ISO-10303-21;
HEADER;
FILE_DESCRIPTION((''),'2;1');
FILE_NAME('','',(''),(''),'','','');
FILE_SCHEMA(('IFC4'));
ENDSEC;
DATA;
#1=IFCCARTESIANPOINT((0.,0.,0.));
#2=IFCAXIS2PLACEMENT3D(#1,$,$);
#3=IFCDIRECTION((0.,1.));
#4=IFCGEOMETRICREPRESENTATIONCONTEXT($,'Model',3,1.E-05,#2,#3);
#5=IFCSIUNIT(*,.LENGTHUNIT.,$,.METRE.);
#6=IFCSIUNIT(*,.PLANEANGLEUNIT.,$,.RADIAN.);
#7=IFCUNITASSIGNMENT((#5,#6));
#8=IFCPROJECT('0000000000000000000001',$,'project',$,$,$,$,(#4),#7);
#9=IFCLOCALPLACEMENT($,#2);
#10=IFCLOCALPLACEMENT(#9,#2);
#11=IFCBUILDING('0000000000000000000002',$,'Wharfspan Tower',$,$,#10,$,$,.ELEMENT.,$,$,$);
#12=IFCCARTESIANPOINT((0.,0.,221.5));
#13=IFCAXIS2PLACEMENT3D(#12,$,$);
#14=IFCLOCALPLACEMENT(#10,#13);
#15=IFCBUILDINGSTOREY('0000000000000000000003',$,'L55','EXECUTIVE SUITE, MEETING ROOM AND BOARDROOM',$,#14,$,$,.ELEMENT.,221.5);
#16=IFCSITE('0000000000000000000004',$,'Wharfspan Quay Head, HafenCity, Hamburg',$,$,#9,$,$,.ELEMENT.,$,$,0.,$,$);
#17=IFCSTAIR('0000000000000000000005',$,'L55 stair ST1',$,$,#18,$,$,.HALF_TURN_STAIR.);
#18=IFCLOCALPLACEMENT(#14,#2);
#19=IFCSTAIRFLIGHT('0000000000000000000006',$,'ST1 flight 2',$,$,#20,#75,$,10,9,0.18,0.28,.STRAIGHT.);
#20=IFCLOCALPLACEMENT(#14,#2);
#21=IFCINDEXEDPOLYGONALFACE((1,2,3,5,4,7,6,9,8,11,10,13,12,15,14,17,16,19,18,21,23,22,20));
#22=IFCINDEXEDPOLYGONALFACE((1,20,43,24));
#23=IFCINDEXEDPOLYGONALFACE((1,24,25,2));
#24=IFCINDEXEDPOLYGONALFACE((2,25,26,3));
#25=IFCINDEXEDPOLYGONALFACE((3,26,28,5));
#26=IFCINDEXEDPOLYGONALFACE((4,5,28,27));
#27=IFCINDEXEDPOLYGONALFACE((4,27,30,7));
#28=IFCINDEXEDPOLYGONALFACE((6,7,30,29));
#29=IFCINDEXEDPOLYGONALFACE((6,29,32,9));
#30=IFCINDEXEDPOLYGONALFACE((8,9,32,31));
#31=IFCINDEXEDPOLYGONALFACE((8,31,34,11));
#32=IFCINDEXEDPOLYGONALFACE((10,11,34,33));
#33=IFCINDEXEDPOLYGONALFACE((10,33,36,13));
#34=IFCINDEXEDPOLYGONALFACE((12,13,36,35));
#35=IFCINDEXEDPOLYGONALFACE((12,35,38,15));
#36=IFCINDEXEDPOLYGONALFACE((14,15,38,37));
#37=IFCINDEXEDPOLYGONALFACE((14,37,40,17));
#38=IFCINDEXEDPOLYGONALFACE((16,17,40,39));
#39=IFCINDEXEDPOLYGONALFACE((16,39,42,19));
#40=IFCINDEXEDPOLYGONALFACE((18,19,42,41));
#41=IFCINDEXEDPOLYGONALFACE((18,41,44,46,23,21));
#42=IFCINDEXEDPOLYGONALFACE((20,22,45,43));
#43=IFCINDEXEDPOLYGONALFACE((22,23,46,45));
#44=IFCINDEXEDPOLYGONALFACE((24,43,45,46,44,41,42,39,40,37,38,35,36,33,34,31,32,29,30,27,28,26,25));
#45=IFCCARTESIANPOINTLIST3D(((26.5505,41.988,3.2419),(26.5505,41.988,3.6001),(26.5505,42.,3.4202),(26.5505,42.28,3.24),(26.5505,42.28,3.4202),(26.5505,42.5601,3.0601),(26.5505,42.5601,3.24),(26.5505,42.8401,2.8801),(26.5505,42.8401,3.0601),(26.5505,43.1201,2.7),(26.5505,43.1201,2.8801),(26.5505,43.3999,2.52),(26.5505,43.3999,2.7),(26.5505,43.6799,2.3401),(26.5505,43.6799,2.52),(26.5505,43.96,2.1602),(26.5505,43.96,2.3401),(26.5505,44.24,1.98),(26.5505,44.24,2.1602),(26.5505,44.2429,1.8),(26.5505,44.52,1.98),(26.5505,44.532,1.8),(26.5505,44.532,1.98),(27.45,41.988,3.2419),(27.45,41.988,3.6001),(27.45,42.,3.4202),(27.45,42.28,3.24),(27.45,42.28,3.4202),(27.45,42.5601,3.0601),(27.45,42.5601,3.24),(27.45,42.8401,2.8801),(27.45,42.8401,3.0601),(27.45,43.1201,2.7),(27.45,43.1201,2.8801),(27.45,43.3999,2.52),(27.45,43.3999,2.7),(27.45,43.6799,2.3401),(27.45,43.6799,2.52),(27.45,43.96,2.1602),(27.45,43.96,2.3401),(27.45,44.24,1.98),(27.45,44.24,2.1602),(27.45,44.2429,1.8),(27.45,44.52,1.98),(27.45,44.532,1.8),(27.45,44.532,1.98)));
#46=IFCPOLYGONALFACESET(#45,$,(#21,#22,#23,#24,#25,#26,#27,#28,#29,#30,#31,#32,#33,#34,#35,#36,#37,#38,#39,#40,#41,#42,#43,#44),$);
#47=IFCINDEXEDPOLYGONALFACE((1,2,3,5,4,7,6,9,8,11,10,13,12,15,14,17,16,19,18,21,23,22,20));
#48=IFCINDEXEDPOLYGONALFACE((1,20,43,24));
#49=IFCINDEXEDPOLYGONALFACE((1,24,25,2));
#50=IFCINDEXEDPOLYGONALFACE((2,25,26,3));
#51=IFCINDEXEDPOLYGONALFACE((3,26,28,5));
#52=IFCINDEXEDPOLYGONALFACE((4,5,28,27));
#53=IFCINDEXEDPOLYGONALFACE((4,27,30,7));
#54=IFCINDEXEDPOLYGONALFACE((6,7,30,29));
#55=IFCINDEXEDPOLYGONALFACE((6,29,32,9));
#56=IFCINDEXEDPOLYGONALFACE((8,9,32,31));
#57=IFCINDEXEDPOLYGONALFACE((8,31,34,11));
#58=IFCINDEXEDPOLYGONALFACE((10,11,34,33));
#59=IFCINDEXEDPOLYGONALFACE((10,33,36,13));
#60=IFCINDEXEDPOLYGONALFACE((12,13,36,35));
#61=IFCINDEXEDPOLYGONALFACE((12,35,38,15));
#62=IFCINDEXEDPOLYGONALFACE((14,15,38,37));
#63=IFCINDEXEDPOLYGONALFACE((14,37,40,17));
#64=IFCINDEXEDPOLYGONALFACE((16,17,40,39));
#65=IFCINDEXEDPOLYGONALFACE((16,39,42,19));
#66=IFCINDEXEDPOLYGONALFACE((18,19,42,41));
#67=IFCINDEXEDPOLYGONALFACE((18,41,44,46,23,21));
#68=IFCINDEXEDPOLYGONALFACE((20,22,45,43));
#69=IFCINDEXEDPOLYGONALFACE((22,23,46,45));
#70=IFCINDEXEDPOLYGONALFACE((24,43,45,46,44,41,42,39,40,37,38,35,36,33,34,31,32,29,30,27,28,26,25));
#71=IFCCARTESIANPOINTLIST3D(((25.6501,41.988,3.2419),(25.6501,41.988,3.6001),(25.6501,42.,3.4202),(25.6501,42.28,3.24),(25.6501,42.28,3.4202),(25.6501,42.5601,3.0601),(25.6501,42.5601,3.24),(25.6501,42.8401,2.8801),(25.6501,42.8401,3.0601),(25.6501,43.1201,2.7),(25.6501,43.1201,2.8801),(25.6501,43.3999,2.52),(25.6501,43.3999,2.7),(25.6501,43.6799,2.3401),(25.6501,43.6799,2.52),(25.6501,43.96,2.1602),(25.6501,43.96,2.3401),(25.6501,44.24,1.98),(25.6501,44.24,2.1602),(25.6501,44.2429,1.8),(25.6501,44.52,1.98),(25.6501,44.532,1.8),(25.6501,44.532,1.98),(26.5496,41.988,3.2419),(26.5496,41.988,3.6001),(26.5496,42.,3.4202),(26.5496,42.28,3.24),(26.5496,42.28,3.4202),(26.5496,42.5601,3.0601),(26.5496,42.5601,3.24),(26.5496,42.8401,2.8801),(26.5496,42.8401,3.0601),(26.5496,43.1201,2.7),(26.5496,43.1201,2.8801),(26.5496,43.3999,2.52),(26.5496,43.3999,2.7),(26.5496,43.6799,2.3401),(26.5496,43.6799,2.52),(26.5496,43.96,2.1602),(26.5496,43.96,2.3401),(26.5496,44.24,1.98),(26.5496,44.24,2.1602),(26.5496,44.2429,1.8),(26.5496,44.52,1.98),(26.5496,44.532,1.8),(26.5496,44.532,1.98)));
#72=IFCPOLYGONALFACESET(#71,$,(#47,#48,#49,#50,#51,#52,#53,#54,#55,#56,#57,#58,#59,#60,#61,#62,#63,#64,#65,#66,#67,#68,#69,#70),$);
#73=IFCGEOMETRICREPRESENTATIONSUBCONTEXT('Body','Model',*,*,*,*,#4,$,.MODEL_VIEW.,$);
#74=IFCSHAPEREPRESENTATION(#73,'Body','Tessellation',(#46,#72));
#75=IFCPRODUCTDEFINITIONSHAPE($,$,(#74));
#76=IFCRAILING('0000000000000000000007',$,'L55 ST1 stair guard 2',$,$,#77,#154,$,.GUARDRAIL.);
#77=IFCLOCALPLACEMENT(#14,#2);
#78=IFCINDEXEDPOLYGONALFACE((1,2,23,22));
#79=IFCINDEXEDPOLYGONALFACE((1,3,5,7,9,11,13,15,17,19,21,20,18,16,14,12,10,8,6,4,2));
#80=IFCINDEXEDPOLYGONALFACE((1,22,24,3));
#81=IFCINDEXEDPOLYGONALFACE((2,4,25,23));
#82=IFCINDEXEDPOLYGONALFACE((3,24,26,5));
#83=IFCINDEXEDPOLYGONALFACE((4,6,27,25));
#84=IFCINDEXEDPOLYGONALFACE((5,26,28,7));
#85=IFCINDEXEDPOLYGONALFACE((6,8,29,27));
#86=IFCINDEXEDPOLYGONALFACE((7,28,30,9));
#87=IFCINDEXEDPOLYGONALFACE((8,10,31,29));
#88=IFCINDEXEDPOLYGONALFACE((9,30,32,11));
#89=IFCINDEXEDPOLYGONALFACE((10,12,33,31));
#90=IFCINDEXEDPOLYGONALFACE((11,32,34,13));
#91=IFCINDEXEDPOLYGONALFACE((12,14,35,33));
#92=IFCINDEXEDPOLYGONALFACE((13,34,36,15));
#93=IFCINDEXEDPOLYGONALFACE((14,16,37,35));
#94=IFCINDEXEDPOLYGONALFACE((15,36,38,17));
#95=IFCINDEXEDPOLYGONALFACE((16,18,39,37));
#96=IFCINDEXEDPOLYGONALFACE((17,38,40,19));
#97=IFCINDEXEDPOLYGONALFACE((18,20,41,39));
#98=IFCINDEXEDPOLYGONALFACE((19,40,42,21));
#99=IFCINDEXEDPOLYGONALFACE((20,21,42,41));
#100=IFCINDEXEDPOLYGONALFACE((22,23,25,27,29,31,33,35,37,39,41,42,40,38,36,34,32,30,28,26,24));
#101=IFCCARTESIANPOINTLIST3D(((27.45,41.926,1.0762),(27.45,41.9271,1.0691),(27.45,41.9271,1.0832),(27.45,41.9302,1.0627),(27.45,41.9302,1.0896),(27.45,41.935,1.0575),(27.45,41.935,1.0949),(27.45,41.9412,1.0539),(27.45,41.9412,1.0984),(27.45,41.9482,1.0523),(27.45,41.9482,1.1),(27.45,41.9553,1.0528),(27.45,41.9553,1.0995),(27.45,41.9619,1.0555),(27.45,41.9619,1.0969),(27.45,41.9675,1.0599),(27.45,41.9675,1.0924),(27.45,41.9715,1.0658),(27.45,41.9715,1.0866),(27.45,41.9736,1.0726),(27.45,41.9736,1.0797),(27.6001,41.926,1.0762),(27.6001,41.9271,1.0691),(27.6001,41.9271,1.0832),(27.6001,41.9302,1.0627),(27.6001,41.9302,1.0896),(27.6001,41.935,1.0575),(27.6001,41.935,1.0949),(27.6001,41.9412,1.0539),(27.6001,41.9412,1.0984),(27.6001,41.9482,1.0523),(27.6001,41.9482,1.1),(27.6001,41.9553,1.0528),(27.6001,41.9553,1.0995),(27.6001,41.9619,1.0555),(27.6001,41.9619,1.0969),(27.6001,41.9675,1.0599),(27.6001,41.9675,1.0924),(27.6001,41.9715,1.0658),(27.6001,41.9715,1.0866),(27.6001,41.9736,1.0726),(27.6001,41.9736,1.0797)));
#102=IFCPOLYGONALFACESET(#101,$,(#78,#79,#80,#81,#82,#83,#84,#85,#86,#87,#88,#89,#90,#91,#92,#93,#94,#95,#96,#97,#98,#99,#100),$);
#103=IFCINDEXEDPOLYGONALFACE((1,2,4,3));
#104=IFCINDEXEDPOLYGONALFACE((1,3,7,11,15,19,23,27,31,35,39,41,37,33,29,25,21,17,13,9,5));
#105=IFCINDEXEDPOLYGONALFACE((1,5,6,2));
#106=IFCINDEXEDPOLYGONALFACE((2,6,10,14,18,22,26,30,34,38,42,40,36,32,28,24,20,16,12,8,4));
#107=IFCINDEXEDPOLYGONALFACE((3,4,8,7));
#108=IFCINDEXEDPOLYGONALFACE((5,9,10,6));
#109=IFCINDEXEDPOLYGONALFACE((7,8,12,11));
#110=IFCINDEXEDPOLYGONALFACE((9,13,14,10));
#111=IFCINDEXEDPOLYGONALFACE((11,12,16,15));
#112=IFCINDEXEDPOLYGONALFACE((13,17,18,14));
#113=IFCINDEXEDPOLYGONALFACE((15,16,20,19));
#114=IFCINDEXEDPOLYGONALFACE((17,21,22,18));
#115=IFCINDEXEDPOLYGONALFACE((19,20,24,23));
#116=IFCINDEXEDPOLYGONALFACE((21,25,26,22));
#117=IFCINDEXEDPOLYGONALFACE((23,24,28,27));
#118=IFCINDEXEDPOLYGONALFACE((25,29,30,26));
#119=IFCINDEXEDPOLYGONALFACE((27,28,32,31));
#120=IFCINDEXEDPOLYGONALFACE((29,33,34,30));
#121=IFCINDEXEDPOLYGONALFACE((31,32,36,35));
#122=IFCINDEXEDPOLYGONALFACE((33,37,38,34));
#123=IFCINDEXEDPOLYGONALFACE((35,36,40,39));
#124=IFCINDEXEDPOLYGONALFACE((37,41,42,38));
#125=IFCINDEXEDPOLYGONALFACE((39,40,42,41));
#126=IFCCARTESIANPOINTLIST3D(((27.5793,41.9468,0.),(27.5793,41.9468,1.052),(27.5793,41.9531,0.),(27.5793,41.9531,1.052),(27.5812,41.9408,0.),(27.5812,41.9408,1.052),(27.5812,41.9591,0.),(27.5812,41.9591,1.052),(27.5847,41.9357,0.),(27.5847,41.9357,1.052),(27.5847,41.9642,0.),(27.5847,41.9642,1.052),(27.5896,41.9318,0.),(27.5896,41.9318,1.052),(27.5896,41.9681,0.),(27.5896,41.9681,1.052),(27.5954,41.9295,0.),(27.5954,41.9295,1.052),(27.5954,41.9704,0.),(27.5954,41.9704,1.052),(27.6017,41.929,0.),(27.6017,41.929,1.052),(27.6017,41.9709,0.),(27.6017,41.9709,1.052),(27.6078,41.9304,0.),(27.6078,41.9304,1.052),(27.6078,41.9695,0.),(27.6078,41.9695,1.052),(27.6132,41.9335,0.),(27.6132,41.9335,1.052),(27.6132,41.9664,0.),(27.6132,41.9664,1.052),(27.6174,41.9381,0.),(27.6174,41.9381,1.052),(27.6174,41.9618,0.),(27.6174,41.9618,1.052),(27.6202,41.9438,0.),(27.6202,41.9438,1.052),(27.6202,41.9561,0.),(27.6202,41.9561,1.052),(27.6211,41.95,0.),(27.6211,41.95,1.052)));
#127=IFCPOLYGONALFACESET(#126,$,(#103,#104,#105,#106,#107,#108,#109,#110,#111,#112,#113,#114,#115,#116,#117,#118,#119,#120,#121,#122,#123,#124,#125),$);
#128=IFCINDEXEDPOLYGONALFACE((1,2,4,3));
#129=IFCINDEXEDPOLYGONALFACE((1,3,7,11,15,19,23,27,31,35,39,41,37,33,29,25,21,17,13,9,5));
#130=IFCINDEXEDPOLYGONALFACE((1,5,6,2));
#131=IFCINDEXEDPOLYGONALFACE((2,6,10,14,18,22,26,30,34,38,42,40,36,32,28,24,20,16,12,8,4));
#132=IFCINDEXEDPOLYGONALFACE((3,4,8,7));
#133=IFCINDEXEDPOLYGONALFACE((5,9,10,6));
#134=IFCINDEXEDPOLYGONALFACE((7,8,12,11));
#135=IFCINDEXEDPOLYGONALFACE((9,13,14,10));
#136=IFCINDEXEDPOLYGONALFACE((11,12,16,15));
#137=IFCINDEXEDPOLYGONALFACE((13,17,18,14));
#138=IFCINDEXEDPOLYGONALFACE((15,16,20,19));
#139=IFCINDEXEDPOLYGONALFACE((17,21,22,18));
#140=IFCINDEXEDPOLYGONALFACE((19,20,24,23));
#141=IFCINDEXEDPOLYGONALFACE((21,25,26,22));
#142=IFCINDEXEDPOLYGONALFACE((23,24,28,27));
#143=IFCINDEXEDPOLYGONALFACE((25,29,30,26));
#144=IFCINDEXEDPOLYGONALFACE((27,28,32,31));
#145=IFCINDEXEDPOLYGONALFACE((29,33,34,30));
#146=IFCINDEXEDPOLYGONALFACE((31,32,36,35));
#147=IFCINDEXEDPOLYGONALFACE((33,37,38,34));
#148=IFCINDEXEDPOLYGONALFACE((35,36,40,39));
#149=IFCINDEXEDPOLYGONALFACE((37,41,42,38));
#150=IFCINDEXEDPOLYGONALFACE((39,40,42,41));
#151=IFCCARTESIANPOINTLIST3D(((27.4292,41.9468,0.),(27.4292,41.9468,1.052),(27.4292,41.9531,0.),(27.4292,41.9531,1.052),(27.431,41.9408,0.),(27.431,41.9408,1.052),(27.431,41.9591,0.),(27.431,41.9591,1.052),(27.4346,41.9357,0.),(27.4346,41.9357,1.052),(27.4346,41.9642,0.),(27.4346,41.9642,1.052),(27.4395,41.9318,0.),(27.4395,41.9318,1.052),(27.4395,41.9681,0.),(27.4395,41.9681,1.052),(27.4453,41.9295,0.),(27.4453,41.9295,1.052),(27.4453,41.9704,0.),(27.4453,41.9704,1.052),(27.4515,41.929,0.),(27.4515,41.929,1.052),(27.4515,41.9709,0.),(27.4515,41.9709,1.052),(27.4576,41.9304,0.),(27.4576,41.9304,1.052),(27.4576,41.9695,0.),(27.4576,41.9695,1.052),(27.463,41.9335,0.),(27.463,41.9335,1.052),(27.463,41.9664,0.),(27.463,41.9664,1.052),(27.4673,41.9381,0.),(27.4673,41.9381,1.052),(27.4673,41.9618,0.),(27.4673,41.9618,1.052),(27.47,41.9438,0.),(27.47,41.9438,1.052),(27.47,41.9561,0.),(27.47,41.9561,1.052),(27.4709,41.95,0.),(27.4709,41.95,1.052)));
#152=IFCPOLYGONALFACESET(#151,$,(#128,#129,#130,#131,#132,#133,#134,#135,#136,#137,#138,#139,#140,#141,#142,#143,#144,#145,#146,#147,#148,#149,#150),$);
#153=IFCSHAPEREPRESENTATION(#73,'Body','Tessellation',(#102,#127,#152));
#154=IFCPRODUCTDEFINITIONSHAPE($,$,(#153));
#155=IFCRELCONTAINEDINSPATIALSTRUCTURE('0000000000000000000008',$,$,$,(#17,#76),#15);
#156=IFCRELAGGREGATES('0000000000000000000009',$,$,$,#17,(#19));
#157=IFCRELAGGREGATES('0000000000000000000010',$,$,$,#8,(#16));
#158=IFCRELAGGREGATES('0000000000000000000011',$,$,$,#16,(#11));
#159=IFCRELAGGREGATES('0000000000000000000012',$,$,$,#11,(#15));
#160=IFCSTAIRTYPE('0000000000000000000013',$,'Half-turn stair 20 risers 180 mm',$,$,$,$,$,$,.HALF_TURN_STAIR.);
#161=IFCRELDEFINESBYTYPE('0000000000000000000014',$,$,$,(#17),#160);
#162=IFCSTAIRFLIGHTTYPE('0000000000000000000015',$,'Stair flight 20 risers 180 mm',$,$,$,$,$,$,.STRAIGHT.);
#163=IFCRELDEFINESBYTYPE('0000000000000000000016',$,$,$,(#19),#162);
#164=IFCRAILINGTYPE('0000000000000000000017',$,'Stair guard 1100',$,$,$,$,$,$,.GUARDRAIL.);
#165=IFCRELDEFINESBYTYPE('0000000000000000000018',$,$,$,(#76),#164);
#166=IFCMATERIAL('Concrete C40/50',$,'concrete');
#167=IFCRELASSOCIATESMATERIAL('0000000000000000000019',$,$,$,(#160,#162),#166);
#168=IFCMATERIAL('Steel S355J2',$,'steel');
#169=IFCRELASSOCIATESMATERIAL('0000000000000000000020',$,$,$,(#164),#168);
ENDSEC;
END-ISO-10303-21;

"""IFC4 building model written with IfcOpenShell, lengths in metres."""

from ifc_helpers import new_model, si_unit, direction, frame, origin, origin_2d, place, context, subcontext, project, spatial, polyline, circle, outline, extrude, material, type_object, element, aggregate, save


model = new_model("IFC4")

# Units and contexts
model_context = context("Model", 3, precision=1e-05, world=origin(), true_north=direction((0.0, 1.0)))
body_context = subcontext(model_context, "Body", "Model", "MODEL_VIEW")
ifc_project = project(units=[si_unit("LENGTHUNIT", "METRE"), si_unit("PLANEANGLEUNIT", "RADIAN")], contexts=[model_context])

# Site, building, storey
site_placement = place(None, origin())
site = spatial("IfcSite", under=ifc_project, at=site_placement, Name="Wharfspan Quay Head, HafenCity, Hamburg", CompositionType="ELEMENT", RefElevation=0.0)
building_placement = place(site_placement, origin())
building = spatial("IfcBuilding", under=site, at=building_placement, Name="Wharfspan Tower", CompositionType="ELEMENT")
storey_placement = place(building_placement, frame((0.0, 0.0, 221.5)))
storey = spatial("IfcBuildingStorey", under=building, at=storey_placement, Name="L55", Description="EXECUTIVE SUITE, MEETING ROOM AND BOARDROOM", CompositionType="ELEMENT", Elevation=221.5)

# Shared definitions
ifc_material_1 = material(Name="Steel S355J2", Category="steel")

# Shared definitions
ifc_material_2 = material(Name="Concrete C40/50", Category="concrete")

# Stair, stair flight
stair_type = type_object("IfcStairType", Name="Half-turn stair 20 risers 180 mm", PredefinedType="HALF_TURN_STAIR", material=ifc_material_2)
stair_placement = place(storey_placement, origin())
stair = element("IfcStair", 1, at=stair_placement, inside=storey, type_object=stair_type, Name="L55 stair ST1", PredefinedType="HALF_TURN_STAIR")
stair_flight_type = type_object("IfcStairFlightType", Name="Stair flight 20 risers 180 mm", PredefinedType="STRAIGHT", material=ifc_material_2)
stair_flight_1_placement = place(storey_placement, frame((26.55, 44.52, 1.8), z_axis=(0.0, 0.0, 1.0), x_axis=(0.0, -1.0, 0.0)))
stair_flight_1 = element("IfcStairFlight", 2, at=stair_flight_1_placement, type_object=stair_flight_type, Name="ST1 flight 2", NumberOfRisers=10, NumberOfTreads=9, PredefinedType="STRAIGHT", RiserHeight=0.18, TreadLength=0.28, context=body_context, shape_type="SweptSolid", body=[
    extrude(outline(polyline([(-0.012, 0.0), (-0.012, 0.1799), (0.0, 0.1799), (0.28, 0.1799), (0.28, 0.3601), (0.5601, 0.3601), (0.5601, 0.54), (0.8401, 0.54), (0.8401, 0.72), (1.1201, 0.72), (1.1201, 0.8999), (1.3999, 0.8999), (1.3999, 1.0801), (1.6799, 1.0801), (1.6799, 1.26), (1.96, 1.26), (1.96, 1.4399), (2.24, 1.4399), (2.24, 1.6201), (2.52, 1.6201), (2.532, 1.8), (2.532, 1.4419), (0.2771, 0.0), (-0.012, 0.0)])), frame((0.0, 0.8999, 0.0), z_axis=(0.0, -1.0, 0.0), x_axis=(1.0, 0.0, 0.0)), (0.0, 0.0, 1.0), 0.8994),
    extrude(outline(polyline([(-0.012, 0.0), (-0.012, 0.1799), (0.0, 0.1799), (0.28, 0.1799), (0.28, 0.3601), (0.5601, 0.3601), (0.5601, 0.54), (0.8401, 0.54), (0.8401, 0.72), (1.1201, 0.72), (1.1201, 0.8999), (1.3999, 0.8999), (1.3999, 1.0801), (1.6799, 1.0801), (1.6799, 1.26), (1.96, 1.26), (1.96, 1.4399), (2.24, 1.4399), (2.24, 1.6201), (2.52, 1.6201), (2.532, 1.8), (2.532, 1.4419), (0.2771, 0.0), (-0.012, 0.0)])), frame((0.0, -0.0005, 0.0), z_axis=(0.0, -1.0, 0.0), x_axis=(1.0, 0.0, 0.0)), (0.0, 0.0, 1.0), 0.8994),
])
aggregate(stair, [stair_flight_1])

# Railing
railing_type_1 = type_object("IfcRailingType", Name="Stair guard 1100", PredefinedType="GUARDRAIL", material=ifc_material_1)
railing_1_placement = place(storey_placement, frame((27.6001, 41.95, 0.0)))
element("IfcRailing", 3, at=railing_1_placement, inside=storey, type_object=railing_type_1, Name="L55 ST1 stair guard 2", PredefinedType="GUARDRAIL", context=body_context, shape_type="SweptSolid", body=[
    extrude(circle(Radius=0.0239, at=origin_2d()), frame((0.0, 0.0, 1.0762), z_axis=(-1.0, 0.0, 0.0), x_axis=(0.0, -1.0, 0.0)), (0.0, 0.0, 1.0), 0.1501),
    extrude(circle(Radius=0.021, at=origin_2d()), origin(), (0.0, 0.0, 1.0), 1.052),
    extrude(circle(Radius=0.021, at=origin_2d()), frame((-0.1501, 0.0, 0.0)), (0.0, 0.0, 1.0), 1.052),
])

save(model, "model.ifc")
